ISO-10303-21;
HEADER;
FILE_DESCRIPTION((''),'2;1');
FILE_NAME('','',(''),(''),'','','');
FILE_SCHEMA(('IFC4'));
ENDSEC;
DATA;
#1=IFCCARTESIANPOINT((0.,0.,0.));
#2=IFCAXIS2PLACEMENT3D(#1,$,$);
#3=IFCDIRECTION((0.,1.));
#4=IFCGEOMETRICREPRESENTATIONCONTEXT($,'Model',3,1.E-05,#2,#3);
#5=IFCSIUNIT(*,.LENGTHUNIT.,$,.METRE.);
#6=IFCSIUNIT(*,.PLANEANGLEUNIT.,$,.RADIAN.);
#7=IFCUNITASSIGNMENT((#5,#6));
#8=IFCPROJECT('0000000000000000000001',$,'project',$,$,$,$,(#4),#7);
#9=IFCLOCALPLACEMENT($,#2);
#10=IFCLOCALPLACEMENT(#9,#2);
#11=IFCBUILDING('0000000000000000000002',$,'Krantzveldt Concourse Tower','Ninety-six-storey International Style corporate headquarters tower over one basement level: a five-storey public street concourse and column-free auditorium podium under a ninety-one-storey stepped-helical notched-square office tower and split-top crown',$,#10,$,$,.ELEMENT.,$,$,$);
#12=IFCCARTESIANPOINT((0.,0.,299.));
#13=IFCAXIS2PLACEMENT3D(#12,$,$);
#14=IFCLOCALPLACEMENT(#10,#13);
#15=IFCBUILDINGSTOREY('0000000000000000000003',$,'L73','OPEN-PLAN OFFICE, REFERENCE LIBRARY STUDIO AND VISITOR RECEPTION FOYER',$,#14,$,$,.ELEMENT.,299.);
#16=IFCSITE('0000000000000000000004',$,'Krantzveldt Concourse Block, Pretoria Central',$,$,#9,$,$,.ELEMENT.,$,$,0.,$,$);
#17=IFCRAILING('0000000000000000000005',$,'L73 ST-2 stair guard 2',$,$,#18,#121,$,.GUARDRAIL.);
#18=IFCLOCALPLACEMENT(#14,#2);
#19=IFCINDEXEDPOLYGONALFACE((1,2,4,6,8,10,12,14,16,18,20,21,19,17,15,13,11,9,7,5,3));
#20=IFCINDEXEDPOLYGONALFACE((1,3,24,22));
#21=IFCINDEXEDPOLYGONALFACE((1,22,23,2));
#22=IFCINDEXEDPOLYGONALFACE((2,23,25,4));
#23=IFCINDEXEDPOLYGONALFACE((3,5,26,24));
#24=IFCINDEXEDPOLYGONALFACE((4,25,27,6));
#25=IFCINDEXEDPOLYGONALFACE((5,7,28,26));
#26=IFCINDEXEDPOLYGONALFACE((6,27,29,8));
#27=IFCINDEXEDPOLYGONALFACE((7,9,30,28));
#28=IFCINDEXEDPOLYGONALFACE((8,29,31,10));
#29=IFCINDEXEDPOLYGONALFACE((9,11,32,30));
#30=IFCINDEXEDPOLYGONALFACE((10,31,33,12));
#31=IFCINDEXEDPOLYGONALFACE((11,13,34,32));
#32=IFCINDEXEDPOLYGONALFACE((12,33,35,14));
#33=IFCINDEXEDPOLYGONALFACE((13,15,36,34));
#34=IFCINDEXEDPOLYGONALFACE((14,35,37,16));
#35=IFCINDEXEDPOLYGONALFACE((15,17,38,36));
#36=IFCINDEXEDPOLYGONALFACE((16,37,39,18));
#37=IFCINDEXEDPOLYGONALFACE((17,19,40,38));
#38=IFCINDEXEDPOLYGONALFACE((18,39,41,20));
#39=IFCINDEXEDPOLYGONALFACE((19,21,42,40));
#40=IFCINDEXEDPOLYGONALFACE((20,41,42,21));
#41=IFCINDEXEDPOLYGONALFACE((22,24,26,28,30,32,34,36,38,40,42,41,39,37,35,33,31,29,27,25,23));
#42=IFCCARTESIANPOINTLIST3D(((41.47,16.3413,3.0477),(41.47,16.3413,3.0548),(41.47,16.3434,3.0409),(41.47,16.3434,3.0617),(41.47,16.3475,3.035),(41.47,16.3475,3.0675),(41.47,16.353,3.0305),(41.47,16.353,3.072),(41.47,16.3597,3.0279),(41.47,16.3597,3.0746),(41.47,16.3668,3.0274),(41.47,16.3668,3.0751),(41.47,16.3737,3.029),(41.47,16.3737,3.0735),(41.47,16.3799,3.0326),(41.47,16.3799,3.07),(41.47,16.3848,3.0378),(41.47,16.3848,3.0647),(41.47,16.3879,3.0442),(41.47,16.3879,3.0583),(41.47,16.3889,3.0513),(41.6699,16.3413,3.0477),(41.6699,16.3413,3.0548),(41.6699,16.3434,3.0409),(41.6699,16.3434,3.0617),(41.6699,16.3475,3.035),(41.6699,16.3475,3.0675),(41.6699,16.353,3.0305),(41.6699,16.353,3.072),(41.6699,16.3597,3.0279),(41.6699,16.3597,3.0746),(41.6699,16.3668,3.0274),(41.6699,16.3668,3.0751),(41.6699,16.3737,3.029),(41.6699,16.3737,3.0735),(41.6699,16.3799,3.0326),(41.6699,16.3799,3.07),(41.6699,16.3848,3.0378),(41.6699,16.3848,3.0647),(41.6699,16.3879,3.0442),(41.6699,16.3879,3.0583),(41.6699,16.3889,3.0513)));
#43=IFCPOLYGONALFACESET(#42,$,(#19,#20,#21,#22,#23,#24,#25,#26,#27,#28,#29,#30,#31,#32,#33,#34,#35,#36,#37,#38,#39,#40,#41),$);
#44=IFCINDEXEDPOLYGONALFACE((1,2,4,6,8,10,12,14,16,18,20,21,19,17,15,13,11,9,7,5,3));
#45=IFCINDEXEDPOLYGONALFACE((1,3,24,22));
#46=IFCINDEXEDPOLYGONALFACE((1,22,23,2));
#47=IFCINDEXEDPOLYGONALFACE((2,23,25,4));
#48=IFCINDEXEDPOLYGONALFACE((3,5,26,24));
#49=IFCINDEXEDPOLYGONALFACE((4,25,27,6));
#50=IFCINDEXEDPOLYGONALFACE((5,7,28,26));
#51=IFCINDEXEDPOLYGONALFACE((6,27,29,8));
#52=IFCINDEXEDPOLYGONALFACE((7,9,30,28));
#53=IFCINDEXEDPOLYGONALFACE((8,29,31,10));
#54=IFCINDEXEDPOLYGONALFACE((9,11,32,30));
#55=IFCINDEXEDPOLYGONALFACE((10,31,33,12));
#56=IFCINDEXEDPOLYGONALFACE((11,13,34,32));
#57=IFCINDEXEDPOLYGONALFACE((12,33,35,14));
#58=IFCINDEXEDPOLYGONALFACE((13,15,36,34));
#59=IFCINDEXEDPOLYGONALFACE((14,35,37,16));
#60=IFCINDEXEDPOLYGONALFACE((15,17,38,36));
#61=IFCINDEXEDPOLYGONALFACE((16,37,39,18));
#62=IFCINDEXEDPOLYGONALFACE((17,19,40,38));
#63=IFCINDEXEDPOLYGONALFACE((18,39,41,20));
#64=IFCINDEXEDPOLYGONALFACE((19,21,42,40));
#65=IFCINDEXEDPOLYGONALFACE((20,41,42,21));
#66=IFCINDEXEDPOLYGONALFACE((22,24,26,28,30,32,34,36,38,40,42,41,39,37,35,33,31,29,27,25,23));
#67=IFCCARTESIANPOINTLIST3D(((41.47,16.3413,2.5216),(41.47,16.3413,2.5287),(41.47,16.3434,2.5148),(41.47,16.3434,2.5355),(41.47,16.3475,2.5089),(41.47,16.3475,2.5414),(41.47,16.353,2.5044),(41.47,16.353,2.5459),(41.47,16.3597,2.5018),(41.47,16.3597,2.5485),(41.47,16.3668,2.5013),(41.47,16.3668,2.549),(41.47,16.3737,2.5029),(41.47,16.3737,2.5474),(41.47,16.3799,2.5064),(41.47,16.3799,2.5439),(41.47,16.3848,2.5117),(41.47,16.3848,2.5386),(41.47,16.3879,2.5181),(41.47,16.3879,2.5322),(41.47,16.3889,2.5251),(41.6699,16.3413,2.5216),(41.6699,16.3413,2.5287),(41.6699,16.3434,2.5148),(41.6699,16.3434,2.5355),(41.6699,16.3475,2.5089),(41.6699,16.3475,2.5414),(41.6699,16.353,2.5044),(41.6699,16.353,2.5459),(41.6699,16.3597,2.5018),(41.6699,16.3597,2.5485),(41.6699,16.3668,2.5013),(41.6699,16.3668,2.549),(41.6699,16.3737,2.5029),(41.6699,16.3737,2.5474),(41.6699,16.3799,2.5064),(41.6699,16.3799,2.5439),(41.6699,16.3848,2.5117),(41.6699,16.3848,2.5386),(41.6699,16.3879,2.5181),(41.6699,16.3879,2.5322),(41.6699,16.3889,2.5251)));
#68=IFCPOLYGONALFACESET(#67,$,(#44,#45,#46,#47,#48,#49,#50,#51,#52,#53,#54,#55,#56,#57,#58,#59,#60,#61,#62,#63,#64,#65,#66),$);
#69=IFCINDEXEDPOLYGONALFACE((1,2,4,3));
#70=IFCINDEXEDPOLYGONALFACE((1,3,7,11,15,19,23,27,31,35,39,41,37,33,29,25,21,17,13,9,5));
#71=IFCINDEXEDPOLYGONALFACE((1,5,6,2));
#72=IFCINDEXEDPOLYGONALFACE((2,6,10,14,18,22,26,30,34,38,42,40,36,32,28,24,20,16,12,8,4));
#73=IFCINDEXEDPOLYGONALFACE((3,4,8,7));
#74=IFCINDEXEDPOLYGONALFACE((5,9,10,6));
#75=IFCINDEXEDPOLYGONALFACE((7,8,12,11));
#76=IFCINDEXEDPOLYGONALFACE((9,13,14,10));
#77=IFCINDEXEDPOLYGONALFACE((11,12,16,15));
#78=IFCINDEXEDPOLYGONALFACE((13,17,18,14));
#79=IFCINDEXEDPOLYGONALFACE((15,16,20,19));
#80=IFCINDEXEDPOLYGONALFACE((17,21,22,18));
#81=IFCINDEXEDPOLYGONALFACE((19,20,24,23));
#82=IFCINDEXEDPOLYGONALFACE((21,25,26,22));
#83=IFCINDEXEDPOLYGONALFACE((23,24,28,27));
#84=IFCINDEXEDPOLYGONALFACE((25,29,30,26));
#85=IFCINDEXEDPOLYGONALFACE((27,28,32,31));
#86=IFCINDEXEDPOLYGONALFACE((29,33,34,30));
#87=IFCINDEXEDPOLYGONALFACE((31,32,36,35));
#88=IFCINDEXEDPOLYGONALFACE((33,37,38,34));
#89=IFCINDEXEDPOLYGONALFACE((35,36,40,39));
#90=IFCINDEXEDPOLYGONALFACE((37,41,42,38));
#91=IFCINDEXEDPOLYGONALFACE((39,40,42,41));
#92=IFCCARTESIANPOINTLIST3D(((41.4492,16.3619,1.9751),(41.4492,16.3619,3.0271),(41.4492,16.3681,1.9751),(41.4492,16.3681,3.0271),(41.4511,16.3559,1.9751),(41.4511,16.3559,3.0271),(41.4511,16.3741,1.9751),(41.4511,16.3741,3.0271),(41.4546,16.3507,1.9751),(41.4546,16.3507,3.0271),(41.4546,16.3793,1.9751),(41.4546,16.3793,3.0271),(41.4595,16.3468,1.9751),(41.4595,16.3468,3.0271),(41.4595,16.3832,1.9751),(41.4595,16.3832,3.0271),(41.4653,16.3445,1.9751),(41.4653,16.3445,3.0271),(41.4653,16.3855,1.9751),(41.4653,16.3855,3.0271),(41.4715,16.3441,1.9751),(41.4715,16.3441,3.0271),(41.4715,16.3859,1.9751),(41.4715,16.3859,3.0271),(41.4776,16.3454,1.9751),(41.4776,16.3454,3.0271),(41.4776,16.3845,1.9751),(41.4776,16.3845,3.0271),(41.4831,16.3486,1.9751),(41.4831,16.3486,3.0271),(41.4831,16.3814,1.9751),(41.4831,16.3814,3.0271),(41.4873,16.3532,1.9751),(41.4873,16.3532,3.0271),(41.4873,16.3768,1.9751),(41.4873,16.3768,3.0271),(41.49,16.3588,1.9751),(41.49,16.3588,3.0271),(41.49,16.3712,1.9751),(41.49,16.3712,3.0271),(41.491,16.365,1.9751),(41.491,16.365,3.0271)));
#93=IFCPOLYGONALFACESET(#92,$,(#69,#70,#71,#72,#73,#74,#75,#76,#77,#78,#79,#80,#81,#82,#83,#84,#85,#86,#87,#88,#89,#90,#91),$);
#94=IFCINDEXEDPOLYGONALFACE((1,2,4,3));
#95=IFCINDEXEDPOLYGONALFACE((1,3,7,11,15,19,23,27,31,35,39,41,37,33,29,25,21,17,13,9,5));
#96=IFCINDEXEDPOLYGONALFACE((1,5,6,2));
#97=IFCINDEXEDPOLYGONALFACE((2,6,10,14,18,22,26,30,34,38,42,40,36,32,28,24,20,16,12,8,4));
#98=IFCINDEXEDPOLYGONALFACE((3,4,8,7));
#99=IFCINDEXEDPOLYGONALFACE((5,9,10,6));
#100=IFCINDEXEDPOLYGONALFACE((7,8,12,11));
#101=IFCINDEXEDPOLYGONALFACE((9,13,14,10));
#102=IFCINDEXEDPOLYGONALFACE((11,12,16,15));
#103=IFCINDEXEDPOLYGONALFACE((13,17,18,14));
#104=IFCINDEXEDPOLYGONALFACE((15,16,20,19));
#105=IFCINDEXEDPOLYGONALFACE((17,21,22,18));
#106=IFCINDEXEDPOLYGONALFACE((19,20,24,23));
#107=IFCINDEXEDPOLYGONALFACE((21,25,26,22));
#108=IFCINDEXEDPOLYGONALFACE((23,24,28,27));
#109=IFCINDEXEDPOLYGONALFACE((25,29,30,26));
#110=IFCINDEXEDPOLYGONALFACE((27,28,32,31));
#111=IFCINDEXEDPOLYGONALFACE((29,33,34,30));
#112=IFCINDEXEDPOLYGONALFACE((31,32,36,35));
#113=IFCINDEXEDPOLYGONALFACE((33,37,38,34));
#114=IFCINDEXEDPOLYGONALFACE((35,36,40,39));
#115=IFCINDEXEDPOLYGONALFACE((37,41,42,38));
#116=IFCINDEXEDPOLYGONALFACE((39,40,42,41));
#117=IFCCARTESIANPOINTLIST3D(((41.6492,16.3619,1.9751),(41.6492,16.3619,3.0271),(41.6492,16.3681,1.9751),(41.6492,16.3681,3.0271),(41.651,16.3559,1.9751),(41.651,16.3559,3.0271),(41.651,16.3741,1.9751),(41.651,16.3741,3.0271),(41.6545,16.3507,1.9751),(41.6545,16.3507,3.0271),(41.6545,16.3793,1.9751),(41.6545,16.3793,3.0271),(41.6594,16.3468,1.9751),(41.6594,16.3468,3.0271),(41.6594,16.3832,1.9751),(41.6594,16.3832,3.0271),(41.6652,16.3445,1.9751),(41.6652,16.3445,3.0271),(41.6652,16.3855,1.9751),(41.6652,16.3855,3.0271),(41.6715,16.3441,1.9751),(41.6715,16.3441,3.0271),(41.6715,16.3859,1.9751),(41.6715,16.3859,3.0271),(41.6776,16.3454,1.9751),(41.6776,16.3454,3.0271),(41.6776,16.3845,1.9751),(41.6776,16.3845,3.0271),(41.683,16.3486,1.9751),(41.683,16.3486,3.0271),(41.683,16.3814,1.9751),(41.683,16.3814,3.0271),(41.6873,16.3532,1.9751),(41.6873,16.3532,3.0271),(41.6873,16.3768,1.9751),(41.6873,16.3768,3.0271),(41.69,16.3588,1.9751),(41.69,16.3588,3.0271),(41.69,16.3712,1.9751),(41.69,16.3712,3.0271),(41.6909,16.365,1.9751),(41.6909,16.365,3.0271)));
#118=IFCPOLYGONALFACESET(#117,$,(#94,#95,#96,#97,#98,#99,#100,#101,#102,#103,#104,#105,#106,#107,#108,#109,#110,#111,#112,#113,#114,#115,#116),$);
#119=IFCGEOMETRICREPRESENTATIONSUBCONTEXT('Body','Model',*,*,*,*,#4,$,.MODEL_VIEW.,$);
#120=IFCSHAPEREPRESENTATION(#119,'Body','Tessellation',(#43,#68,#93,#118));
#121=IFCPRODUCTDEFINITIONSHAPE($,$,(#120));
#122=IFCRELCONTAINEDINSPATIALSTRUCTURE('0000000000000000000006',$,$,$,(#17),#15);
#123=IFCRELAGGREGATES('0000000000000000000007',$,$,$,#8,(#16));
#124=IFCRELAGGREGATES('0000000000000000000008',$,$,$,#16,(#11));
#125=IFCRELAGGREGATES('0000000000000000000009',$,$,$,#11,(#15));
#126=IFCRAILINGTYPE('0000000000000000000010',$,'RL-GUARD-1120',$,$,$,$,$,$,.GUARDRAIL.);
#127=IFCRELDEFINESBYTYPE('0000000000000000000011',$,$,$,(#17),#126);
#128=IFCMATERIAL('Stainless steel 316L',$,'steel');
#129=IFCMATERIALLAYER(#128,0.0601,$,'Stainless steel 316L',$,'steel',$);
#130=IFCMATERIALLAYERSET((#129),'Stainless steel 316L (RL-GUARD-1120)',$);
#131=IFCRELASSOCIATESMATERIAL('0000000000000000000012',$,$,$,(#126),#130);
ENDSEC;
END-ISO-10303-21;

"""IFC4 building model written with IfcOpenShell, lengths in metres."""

from ifc_helpers import new_model, si_unit, direction, frame, origin, origin_2d, place, context, subcontext, project, spatial, circle, extrude, material, layer, layer_set, type_object, element, save


model = new_model("IFC4")

# Units and contexts
model_context = context("Model", 3, precision=1e-05, world=origin(), true_north=direction((0.0, 1.0)))
body_context = subcontext(model_context, "Body", "Model", "MODEL_VIEW")
ifc_project = project(units=[si_unit("LENGTHUNIT", "METRE"), si_unit("PLANEANGLEUNIT", "RADIAN")], contexts=[model_context])

# Site, building, storey
site_placement = place(None, origin())
site = spatial("IfcSite", under=ifc_project, at=site_placement, Name="Krantzveldt Concourse Block, Pretoria Central", CompositionType="ELEMENT", RefElevation=0.0)
building_placement = place(site_placement, origin())
building = spatial("IfcBuilding", under=site, at=building_placement, Name="Krantzveldt Concourse Tower", Description="Ninety-six-storey International Style corporate headquarters tower over one basement level: a five-storey public street concourse and column-free auditorium podium under a ninety-one-storey stepped-helical notched-square office tower and split-top crown", CompositionType="ELEMENT")
storey_placement = place(building_placement, frame((0.0, 0.0, 299.0)))
storey = spatial("IfcBuildingStorey", under=building, at=storey_placement, Name="L73", Description="OPEN-PLAN OFFICE, REFERENCE LIBRARY STUDIO AND VISITOR RECEPTION FOYER", CompositionType="ELEMENT", Elevation=299.0)

# Shared definitions
ifc_material_1 = material(Name="Stainless steel 316L", Category="steel")

# Railing
ifc_layer_1 = layer(ifc_material_1, 0.0601, Name="Stainless steel 316L", Category="steel")
ifc_layer_set_1 = layer_set([ifc_layer_1], Name="Stainless steel 316L (RL-GUARD-1120)")
railing_type_1 = type_object("IfcRailingType", Name="RL-GUARD-1120", PredefinedType="GUARDRAIL", material=ifc_layer_set_1)
railing_1_placement = place(storey_placement, frame((41.47, 16.365, 1.9751)))
element("IfcRailing", 1, at=railing_1_placement, inside=storey, type_object=railing_type_1, Name="L73 ST-2 stair guard 2", PredefinedType="GUARDRAIL", context=body_context, shape_type="SweptSolid", body=[
    extrude(circle(Radius=0.0239, at=origin_2d()), frame((0.0, 0.0, 1.0762), z_axis=(1.0, 0.0, 0.0), x_axis=(0.0, 1.0, 0.0)), (0.0, 0.0, 1.0), 0.2),
    extrude(circle(Radius=0.0239, at=origin_2d()), frame((0.0, 0.0, 0.55), z_axis=(1.0, 0.0, 0.0), x_axis=(0.0, 1.0, 0.0)), (0.0, 0.0, 1.0), 0.2),
    extrude(circle(Radius=0.021, at=origin_2d()), origin(), (0.0, 0.0, 1.0), 1.052),
    extrude(circle(Radius=0.021, at=origin_2d()), frame((0.2, 0.0, 0.0)), (0.0, 0.0, 1.0), 1.052),
])

save(model, "model.ifc")
